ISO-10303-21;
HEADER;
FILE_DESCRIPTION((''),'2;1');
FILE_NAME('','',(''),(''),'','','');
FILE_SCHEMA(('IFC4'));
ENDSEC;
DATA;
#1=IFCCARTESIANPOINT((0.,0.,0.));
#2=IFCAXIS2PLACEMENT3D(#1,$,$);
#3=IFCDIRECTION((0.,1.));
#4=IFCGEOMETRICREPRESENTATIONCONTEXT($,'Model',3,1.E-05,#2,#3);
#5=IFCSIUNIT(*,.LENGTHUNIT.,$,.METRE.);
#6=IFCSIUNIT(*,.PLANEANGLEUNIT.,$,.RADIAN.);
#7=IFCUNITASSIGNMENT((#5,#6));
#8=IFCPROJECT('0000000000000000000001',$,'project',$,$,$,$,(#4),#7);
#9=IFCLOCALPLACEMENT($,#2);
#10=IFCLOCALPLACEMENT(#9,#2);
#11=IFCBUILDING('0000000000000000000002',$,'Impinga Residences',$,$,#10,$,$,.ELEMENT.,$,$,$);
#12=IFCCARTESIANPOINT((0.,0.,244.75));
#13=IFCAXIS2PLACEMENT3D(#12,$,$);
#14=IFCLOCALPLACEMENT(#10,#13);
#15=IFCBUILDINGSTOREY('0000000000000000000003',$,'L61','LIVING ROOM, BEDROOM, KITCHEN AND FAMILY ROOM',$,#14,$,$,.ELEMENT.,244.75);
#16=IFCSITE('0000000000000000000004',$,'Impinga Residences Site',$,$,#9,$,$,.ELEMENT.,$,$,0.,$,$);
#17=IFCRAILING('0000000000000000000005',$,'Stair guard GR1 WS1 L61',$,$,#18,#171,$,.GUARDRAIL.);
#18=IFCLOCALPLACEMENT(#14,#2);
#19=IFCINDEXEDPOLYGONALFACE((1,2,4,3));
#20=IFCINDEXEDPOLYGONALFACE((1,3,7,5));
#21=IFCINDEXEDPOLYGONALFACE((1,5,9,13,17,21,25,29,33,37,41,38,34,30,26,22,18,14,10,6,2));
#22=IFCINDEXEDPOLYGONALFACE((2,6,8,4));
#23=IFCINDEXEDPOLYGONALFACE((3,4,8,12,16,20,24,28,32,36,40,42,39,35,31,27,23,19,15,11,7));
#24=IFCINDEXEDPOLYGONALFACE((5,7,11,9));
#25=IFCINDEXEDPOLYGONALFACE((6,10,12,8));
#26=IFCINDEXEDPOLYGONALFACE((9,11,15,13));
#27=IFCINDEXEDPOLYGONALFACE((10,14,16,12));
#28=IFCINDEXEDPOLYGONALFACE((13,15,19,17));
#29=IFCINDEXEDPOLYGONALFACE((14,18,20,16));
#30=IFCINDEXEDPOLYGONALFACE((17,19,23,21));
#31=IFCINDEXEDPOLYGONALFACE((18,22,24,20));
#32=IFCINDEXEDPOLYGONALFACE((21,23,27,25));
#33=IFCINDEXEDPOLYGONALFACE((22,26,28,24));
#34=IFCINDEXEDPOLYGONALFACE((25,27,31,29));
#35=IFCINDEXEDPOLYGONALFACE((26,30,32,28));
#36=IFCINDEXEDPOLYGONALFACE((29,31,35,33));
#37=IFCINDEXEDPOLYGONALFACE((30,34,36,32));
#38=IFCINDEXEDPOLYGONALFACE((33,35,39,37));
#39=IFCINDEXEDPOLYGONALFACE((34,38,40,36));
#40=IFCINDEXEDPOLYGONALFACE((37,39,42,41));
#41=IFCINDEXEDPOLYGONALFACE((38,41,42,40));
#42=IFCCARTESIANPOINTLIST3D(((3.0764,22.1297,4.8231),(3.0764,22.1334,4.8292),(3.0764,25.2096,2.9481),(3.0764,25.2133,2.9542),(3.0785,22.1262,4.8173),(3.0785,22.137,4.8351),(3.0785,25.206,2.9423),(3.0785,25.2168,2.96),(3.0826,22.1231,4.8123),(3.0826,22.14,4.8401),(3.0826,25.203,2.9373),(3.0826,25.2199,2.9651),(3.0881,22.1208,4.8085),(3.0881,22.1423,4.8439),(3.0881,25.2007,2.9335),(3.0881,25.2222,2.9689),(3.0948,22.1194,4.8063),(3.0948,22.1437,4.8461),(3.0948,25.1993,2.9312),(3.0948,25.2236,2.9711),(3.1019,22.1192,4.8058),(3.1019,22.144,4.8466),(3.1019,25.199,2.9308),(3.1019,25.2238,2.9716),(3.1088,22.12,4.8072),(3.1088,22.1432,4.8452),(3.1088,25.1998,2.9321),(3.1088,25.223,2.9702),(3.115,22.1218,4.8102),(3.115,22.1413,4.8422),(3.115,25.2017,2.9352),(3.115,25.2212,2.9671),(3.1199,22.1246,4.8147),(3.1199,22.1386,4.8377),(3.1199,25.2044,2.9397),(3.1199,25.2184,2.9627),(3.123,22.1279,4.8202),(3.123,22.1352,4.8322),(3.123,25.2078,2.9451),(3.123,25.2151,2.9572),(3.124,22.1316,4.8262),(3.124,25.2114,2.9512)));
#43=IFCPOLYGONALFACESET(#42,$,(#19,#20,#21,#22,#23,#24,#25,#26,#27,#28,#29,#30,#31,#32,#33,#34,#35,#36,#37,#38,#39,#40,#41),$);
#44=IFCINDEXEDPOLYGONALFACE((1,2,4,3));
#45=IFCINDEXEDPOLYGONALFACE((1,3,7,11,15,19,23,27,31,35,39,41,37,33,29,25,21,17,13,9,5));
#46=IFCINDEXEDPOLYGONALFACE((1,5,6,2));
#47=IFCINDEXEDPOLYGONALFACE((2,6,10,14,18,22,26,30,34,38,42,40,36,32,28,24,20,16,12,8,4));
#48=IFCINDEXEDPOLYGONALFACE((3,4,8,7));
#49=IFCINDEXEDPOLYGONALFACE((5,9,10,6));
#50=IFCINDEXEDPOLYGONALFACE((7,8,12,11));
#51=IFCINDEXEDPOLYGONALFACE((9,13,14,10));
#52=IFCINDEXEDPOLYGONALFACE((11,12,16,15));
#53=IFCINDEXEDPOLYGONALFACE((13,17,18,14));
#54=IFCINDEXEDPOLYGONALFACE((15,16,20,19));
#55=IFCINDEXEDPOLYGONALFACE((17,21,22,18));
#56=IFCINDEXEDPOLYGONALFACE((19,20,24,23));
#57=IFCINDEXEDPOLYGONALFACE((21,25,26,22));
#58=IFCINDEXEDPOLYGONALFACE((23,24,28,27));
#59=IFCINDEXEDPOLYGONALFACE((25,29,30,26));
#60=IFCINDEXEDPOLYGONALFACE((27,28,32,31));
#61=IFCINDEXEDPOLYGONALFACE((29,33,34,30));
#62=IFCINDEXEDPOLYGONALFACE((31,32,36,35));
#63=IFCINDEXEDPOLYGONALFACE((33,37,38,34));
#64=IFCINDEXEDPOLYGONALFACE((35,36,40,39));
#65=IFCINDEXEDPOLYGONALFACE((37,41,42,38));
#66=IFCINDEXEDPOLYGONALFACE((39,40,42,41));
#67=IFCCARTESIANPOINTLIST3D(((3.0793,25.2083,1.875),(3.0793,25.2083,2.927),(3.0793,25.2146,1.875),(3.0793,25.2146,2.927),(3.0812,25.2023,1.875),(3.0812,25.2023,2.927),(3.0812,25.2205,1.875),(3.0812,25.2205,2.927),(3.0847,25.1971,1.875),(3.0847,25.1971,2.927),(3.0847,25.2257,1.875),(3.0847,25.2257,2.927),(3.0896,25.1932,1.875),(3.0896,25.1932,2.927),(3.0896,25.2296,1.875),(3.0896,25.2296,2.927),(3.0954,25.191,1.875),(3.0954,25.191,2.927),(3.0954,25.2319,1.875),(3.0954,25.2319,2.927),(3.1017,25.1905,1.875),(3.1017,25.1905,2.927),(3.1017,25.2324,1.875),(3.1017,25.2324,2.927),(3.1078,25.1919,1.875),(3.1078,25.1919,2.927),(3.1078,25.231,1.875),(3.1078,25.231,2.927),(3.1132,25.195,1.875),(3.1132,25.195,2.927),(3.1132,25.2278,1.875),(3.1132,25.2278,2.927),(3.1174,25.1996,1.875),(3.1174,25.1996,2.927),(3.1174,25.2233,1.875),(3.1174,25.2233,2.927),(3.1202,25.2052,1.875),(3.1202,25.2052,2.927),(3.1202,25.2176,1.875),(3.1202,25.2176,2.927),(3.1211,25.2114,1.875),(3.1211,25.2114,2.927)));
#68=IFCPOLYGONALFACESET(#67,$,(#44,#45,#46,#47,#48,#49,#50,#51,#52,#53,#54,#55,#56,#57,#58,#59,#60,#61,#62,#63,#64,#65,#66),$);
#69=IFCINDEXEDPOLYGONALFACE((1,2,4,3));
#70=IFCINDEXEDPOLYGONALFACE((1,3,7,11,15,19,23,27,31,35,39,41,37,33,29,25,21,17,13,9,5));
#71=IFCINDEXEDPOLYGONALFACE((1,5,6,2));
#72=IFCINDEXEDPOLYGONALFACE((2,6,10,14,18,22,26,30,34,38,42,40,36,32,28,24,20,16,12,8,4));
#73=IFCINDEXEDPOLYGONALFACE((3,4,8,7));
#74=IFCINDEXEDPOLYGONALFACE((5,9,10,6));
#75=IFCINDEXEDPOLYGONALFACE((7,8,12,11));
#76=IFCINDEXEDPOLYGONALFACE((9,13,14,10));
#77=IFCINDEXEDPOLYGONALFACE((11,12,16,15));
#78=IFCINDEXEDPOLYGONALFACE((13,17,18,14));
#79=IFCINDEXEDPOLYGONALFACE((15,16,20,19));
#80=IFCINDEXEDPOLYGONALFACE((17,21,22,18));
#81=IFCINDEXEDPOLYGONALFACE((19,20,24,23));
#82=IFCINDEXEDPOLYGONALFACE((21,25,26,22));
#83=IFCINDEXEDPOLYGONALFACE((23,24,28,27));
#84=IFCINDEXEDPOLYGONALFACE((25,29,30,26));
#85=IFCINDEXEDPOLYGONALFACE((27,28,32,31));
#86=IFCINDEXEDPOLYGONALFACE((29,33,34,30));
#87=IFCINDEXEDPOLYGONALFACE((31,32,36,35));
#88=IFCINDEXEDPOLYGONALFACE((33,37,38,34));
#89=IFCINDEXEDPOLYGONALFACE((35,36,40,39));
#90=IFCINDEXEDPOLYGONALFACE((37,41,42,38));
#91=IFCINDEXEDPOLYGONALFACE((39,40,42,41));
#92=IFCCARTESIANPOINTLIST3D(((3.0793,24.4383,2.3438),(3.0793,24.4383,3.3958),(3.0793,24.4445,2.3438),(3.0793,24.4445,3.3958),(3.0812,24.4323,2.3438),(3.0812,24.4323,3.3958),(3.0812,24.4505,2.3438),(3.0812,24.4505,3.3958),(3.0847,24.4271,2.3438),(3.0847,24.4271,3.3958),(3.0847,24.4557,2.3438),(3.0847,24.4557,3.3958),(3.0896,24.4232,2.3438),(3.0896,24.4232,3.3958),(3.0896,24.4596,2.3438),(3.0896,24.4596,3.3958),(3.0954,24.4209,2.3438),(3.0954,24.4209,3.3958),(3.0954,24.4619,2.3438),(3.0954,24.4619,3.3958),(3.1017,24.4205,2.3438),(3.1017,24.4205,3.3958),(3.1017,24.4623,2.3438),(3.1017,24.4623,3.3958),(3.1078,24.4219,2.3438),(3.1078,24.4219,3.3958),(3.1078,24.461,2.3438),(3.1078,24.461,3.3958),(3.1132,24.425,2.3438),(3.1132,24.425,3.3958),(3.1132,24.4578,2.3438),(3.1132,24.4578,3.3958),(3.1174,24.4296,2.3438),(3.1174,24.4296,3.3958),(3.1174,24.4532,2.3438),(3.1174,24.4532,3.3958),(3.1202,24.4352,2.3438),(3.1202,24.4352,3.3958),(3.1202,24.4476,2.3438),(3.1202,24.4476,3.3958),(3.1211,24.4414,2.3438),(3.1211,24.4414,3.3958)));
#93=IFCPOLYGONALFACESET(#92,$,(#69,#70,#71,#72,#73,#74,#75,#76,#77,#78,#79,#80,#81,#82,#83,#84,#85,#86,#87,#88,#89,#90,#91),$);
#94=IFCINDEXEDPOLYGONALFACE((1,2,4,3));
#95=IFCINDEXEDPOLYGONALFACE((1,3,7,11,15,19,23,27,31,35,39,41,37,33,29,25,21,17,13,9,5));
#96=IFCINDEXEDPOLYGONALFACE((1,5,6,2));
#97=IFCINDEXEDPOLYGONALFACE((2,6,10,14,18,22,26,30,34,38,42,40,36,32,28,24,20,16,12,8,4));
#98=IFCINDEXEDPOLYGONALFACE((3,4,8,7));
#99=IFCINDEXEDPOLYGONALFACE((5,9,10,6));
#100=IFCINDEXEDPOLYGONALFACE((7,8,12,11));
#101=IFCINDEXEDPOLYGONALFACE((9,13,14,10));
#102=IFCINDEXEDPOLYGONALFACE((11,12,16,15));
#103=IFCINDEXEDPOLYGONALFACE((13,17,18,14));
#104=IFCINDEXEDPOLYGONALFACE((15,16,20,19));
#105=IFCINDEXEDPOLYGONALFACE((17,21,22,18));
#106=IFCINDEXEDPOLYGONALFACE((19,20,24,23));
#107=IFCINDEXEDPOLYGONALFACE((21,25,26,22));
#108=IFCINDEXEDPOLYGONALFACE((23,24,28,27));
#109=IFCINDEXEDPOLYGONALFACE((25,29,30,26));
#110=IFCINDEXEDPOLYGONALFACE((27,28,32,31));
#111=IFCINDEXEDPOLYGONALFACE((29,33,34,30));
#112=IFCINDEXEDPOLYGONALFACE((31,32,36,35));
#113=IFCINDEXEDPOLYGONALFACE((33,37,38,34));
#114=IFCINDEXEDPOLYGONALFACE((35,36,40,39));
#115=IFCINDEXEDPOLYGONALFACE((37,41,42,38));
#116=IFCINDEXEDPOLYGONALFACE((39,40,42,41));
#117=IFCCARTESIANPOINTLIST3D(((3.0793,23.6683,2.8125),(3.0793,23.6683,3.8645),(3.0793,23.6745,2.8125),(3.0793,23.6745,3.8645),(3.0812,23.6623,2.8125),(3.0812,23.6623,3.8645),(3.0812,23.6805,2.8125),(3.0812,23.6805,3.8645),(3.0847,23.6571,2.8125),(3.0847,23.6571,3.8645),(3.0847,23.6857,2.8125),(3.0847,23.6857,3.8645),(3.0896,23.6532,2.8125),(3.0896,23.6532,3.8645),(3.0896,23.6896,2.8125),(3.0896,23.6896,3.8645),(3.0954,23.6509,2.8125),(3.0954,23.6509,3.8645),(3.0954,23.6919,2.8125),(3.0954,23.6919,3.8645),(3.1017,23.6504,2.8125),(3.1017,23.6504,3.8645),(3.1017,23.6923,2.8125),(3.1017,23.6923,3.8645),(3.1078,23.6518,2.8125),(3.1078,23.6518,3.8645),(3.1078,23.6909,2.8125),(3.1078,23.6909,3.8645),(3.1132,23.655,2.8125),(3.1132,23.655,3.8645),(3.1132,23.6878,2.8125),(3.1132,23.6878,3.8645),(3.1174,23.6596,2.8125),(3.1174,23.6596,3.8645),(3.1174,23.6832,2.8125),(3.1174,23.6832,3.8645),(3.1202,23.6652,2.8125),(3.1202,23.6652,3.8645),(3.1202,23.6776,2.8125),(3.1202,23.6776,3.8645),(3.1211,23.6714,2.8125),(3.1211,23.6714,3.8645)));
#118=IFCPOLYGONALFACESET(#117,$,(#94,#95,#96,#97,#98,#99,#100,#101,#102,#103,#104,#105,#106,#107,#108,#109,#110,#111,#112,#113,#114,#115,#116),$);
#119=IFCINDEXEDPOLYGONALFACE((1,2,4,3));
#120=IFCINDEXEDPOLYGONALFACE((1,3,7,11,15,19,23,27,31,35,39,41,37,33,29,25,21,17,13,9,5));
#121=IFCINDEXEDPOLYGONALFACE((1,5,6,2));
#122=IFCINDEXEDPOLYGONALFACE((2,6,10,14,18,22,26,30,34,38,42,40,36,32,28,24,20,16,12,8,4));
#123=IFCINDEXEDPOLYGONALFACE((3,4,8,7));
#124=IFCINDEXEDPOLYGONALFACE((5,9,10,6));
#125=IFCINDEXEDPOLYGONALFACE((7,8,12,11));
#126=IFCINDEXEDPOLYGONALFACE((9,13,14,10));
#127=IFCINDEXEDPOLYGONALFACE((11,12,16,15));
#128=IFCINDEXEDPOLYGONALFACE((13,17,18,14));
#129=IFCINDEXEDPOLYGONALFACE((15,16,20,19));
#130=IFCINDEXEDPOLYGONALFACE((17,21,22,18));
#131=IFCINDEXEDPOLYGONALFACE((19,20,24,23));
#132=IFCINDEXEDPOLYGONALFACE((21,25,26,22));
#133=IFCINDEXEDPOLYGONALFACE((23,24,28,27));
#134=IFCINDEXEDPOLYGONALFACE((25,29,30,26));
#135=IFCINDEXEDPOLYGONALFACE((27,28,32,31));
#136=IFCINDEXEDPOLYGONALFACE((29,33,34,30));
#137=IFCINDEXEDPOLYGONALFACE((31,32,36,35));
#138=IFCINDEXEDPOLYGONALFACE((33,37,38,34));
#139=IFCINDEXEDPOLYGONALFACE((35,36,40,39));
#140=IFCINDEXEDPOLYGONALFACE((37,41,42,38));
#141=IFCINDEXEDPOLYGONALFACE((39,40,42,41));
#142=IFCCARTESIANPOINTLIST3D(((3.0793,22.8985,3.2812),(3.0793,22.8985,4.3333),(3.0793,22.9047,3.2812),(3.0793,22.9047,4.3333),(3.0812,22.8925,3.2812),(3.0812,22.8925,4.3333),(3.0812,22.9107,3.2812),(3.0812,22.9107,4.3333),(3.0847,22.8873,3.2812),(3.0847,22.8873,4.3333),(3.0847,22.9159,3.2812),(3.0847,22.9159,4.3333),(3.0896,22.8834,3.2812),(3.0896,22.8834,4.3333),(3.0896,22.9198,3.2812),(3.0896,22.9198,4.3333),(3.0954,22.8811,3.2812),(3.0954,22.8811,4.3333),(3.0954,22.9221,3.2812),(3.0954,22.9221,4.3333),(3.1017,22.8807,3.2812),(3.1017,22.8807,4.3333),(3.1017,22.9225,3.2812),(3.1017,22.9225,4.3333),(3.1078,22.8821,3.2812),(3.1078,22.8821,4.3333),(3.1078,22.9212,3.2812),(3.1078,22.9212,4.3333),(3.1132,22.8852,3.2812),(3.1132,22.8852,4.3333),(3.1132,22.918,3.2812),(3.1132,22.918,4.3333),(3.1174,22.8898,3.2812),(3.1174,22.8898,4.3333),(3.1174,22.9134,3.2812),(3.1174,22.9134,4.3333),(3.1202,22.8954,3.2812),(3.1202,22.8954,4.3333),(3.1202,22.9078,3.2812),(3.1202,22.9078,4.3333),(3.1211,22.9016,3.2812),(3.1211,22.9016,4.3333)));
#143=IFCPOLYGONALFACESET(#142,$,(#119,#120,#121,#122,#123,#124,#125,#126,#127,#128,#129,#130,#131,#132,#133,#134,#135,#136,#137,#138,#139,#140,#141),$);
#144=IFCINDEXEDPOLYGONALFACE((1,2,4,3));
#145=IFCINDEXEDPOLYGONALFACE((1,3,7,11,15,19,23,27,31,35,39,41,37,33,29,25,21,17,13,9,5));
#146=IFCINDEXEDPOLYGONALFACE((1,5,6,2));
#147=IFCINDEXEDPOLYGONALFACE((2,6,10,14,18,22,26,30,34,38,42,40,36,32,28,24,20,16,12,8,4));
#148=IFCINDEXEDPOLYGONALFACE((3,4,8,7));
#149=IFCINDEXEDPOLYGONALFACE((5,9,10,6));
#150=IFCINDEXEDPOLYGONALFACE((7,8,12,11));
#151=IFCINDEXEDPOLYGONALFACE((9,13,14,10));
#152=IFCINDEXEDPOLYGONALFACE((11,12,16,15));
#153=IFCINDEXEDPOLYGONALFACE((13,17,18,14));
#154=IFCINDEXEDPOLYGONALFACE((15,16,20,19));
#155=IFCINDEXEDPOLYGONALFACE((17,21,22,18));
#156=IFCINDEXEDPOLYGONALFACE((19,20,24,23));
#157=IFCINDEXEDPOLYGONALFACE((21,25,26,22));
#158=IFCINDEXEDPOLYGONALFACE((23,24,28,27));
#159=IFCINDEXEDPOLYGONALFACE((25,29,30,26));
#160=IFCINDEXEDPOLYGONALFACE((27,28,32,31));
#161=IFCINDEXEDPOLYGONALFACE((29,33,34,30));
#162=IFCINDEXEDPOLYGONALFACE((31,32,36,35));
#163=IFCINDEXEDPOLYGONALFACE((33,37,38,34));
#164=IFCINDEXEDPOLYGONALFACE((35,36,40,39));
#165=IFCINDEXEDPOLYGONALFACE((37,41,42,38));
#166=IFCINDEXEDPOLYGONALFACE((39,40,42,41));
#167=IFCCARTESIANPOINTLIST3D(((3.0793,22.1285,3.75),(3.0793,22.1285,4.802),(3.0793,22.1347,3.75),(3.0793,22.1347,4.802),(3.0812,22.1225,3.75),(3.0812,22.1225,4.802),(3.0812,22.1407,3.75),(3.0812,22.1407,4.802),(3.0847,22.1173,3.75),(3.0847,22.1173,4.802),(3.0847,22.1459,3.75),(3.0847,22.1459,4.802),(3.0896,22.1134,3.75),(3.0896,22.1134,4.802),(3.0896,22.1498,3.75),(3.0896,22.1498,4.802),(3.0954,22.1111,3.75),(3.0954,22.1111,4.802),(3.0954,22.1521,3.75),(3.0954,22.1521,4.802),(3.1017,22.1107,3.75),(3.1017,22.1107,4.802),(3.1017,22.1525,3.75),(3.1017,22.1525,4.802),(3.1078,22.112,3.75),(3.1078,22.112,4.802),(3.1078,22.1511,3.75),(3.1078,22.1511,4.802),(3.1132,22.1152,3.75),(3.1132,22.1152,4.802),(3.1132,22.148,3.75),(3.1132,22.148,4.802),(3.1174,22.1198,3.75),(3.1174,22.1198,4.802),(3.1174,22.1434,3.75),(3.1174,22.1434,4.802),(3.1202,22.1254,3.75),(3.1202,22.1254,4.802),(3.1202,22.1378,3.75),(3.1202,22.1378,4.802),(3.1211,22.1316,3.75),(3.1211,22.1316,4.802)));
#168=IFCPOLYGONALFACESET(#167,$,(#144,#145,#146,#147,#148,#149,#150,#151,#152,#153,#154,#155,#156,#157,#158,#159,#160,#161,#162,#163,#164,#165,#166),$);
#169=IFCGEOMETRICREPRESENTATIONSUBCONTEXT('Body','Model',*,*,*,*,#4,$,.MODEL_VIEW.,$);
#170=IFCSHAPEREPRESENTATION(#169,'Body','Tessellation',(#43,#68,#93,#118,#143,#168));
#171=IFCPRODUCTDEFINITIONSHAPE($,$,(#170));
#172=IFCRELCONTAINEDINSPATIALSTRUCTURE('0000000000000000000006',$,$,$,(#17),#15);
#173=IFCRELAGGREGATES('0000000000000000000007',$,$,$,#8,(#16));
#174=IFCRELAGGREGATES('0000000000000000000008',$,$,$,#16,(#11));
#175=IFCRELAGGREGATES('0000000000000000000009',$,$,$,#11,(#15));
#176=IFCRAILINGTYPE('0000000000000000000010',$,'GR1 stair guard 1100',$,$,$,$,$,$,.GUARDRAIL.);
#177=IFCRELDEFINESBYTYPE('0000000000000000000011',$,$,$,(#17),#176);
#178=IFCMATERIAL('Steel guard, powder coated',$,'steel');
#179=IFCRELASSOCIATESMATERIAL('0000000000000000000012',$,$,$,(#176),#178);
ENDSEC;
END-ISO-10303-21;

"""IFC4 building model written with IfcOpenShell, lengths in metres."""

from ifc_helpers import new_model, si_unit, direction, frame, origin, origin_2d, place, context, subcontext, project, spatial, circle, extrude, material, type_object, element, save


model = new_model("IFC4")

# Units and contexts
model_context = context("Model", 3, precision=1e-05, world=origin(), true_north=direction((0.0, 1.0)))
body_context = subcontext(model_context, "Body", "Model", "MODEL_VIEW")
ifc_project = project(units=[si_unit("LENGTHUNIT", "METRE"), si_unit("PLANEANGLEUNIT", "RADIAN")], contexts=[model_context])

# Site, building, storey
site_placement = place(None, origin())
site = spatial("IfcSite", under=ifc_project, at=site_placement, Name="Impinga Residences Site", CompositionType="ELEMENT", RefElevation=0.0)
building_placement = place(site_placement, origin())
building = spatial("IfcBuilding", under=site, at=building_placement, Name="Impinga Residences", CompositionType="ELEMENT")
storey_placement = place(building_placement, frame((0.0, 0.0, 244.75)))
storey = spatial("IfcBuildingStorey", under=building, at=storey_placement, Name="L61", Description="LIVING ROOM, BEDROOM, KITCHEN AND FAMILY ROOM", CompositionType="ELEMENT", Elevation=244.75)

# Railing
ifc_material_1 = material(Name="Steel guard, powder coated", Category="steel")
railing_type_1 = type_object("IfcRailingType", Name="GR1 stair guard 1100", PredefinedType="GUARDRAIL", material=ifc_material_1)
railing_1_placement = place(storey_placement, frame((3.1001, 25.2114, 1.875)))
element("IfcRailing", 1, at=railing_1_placement, inside=storey, type_object=railing_type_1, Name="Stair guard GR1 WS1 L61", PredefinedType="GUARDRAIL", context=body_context, shape_type="SweptSolid", body=[
    extrude(circle(Radius=0.0239, at=origin_2d()), frame((0.0, 0.0, 1.0762), z_axis=(0.0, -0.854159, 0.520011), x_axis=(1.0, 0.0, 0.0)), (0.0, 0.0, 1.0), 3.6057),
    extrude(circle(Radius=0.021, at=origin_2d()), origin(), (0.0, 0.0, 1.0), 1.052),
    extrude(circle(Radius=0.021, at=origin_2d()), frame((0.0, -0.77, 0.4688)), (0.0, 0.0, 1.0), 1.052),
    extrude(circle(Radius=0.021, at=origin_2d()), frame((0.0, -1.54, 0.9375)), (0.0, 0.0, 1.0), 1.052),
    extrude(circle(Radius=0.021, at=origin_2d()), frame((0.0, -2.3098, 1.4062)), (0.0, 0.0, 1.0), 1.052),
    extrude(circle(Radius=0.021, at=origin_2d()), frame((0.0, -3.0798, 1.875)), (0.0, 0.0, 1.0), 1.052),
])

save(model, "model.ifc")
